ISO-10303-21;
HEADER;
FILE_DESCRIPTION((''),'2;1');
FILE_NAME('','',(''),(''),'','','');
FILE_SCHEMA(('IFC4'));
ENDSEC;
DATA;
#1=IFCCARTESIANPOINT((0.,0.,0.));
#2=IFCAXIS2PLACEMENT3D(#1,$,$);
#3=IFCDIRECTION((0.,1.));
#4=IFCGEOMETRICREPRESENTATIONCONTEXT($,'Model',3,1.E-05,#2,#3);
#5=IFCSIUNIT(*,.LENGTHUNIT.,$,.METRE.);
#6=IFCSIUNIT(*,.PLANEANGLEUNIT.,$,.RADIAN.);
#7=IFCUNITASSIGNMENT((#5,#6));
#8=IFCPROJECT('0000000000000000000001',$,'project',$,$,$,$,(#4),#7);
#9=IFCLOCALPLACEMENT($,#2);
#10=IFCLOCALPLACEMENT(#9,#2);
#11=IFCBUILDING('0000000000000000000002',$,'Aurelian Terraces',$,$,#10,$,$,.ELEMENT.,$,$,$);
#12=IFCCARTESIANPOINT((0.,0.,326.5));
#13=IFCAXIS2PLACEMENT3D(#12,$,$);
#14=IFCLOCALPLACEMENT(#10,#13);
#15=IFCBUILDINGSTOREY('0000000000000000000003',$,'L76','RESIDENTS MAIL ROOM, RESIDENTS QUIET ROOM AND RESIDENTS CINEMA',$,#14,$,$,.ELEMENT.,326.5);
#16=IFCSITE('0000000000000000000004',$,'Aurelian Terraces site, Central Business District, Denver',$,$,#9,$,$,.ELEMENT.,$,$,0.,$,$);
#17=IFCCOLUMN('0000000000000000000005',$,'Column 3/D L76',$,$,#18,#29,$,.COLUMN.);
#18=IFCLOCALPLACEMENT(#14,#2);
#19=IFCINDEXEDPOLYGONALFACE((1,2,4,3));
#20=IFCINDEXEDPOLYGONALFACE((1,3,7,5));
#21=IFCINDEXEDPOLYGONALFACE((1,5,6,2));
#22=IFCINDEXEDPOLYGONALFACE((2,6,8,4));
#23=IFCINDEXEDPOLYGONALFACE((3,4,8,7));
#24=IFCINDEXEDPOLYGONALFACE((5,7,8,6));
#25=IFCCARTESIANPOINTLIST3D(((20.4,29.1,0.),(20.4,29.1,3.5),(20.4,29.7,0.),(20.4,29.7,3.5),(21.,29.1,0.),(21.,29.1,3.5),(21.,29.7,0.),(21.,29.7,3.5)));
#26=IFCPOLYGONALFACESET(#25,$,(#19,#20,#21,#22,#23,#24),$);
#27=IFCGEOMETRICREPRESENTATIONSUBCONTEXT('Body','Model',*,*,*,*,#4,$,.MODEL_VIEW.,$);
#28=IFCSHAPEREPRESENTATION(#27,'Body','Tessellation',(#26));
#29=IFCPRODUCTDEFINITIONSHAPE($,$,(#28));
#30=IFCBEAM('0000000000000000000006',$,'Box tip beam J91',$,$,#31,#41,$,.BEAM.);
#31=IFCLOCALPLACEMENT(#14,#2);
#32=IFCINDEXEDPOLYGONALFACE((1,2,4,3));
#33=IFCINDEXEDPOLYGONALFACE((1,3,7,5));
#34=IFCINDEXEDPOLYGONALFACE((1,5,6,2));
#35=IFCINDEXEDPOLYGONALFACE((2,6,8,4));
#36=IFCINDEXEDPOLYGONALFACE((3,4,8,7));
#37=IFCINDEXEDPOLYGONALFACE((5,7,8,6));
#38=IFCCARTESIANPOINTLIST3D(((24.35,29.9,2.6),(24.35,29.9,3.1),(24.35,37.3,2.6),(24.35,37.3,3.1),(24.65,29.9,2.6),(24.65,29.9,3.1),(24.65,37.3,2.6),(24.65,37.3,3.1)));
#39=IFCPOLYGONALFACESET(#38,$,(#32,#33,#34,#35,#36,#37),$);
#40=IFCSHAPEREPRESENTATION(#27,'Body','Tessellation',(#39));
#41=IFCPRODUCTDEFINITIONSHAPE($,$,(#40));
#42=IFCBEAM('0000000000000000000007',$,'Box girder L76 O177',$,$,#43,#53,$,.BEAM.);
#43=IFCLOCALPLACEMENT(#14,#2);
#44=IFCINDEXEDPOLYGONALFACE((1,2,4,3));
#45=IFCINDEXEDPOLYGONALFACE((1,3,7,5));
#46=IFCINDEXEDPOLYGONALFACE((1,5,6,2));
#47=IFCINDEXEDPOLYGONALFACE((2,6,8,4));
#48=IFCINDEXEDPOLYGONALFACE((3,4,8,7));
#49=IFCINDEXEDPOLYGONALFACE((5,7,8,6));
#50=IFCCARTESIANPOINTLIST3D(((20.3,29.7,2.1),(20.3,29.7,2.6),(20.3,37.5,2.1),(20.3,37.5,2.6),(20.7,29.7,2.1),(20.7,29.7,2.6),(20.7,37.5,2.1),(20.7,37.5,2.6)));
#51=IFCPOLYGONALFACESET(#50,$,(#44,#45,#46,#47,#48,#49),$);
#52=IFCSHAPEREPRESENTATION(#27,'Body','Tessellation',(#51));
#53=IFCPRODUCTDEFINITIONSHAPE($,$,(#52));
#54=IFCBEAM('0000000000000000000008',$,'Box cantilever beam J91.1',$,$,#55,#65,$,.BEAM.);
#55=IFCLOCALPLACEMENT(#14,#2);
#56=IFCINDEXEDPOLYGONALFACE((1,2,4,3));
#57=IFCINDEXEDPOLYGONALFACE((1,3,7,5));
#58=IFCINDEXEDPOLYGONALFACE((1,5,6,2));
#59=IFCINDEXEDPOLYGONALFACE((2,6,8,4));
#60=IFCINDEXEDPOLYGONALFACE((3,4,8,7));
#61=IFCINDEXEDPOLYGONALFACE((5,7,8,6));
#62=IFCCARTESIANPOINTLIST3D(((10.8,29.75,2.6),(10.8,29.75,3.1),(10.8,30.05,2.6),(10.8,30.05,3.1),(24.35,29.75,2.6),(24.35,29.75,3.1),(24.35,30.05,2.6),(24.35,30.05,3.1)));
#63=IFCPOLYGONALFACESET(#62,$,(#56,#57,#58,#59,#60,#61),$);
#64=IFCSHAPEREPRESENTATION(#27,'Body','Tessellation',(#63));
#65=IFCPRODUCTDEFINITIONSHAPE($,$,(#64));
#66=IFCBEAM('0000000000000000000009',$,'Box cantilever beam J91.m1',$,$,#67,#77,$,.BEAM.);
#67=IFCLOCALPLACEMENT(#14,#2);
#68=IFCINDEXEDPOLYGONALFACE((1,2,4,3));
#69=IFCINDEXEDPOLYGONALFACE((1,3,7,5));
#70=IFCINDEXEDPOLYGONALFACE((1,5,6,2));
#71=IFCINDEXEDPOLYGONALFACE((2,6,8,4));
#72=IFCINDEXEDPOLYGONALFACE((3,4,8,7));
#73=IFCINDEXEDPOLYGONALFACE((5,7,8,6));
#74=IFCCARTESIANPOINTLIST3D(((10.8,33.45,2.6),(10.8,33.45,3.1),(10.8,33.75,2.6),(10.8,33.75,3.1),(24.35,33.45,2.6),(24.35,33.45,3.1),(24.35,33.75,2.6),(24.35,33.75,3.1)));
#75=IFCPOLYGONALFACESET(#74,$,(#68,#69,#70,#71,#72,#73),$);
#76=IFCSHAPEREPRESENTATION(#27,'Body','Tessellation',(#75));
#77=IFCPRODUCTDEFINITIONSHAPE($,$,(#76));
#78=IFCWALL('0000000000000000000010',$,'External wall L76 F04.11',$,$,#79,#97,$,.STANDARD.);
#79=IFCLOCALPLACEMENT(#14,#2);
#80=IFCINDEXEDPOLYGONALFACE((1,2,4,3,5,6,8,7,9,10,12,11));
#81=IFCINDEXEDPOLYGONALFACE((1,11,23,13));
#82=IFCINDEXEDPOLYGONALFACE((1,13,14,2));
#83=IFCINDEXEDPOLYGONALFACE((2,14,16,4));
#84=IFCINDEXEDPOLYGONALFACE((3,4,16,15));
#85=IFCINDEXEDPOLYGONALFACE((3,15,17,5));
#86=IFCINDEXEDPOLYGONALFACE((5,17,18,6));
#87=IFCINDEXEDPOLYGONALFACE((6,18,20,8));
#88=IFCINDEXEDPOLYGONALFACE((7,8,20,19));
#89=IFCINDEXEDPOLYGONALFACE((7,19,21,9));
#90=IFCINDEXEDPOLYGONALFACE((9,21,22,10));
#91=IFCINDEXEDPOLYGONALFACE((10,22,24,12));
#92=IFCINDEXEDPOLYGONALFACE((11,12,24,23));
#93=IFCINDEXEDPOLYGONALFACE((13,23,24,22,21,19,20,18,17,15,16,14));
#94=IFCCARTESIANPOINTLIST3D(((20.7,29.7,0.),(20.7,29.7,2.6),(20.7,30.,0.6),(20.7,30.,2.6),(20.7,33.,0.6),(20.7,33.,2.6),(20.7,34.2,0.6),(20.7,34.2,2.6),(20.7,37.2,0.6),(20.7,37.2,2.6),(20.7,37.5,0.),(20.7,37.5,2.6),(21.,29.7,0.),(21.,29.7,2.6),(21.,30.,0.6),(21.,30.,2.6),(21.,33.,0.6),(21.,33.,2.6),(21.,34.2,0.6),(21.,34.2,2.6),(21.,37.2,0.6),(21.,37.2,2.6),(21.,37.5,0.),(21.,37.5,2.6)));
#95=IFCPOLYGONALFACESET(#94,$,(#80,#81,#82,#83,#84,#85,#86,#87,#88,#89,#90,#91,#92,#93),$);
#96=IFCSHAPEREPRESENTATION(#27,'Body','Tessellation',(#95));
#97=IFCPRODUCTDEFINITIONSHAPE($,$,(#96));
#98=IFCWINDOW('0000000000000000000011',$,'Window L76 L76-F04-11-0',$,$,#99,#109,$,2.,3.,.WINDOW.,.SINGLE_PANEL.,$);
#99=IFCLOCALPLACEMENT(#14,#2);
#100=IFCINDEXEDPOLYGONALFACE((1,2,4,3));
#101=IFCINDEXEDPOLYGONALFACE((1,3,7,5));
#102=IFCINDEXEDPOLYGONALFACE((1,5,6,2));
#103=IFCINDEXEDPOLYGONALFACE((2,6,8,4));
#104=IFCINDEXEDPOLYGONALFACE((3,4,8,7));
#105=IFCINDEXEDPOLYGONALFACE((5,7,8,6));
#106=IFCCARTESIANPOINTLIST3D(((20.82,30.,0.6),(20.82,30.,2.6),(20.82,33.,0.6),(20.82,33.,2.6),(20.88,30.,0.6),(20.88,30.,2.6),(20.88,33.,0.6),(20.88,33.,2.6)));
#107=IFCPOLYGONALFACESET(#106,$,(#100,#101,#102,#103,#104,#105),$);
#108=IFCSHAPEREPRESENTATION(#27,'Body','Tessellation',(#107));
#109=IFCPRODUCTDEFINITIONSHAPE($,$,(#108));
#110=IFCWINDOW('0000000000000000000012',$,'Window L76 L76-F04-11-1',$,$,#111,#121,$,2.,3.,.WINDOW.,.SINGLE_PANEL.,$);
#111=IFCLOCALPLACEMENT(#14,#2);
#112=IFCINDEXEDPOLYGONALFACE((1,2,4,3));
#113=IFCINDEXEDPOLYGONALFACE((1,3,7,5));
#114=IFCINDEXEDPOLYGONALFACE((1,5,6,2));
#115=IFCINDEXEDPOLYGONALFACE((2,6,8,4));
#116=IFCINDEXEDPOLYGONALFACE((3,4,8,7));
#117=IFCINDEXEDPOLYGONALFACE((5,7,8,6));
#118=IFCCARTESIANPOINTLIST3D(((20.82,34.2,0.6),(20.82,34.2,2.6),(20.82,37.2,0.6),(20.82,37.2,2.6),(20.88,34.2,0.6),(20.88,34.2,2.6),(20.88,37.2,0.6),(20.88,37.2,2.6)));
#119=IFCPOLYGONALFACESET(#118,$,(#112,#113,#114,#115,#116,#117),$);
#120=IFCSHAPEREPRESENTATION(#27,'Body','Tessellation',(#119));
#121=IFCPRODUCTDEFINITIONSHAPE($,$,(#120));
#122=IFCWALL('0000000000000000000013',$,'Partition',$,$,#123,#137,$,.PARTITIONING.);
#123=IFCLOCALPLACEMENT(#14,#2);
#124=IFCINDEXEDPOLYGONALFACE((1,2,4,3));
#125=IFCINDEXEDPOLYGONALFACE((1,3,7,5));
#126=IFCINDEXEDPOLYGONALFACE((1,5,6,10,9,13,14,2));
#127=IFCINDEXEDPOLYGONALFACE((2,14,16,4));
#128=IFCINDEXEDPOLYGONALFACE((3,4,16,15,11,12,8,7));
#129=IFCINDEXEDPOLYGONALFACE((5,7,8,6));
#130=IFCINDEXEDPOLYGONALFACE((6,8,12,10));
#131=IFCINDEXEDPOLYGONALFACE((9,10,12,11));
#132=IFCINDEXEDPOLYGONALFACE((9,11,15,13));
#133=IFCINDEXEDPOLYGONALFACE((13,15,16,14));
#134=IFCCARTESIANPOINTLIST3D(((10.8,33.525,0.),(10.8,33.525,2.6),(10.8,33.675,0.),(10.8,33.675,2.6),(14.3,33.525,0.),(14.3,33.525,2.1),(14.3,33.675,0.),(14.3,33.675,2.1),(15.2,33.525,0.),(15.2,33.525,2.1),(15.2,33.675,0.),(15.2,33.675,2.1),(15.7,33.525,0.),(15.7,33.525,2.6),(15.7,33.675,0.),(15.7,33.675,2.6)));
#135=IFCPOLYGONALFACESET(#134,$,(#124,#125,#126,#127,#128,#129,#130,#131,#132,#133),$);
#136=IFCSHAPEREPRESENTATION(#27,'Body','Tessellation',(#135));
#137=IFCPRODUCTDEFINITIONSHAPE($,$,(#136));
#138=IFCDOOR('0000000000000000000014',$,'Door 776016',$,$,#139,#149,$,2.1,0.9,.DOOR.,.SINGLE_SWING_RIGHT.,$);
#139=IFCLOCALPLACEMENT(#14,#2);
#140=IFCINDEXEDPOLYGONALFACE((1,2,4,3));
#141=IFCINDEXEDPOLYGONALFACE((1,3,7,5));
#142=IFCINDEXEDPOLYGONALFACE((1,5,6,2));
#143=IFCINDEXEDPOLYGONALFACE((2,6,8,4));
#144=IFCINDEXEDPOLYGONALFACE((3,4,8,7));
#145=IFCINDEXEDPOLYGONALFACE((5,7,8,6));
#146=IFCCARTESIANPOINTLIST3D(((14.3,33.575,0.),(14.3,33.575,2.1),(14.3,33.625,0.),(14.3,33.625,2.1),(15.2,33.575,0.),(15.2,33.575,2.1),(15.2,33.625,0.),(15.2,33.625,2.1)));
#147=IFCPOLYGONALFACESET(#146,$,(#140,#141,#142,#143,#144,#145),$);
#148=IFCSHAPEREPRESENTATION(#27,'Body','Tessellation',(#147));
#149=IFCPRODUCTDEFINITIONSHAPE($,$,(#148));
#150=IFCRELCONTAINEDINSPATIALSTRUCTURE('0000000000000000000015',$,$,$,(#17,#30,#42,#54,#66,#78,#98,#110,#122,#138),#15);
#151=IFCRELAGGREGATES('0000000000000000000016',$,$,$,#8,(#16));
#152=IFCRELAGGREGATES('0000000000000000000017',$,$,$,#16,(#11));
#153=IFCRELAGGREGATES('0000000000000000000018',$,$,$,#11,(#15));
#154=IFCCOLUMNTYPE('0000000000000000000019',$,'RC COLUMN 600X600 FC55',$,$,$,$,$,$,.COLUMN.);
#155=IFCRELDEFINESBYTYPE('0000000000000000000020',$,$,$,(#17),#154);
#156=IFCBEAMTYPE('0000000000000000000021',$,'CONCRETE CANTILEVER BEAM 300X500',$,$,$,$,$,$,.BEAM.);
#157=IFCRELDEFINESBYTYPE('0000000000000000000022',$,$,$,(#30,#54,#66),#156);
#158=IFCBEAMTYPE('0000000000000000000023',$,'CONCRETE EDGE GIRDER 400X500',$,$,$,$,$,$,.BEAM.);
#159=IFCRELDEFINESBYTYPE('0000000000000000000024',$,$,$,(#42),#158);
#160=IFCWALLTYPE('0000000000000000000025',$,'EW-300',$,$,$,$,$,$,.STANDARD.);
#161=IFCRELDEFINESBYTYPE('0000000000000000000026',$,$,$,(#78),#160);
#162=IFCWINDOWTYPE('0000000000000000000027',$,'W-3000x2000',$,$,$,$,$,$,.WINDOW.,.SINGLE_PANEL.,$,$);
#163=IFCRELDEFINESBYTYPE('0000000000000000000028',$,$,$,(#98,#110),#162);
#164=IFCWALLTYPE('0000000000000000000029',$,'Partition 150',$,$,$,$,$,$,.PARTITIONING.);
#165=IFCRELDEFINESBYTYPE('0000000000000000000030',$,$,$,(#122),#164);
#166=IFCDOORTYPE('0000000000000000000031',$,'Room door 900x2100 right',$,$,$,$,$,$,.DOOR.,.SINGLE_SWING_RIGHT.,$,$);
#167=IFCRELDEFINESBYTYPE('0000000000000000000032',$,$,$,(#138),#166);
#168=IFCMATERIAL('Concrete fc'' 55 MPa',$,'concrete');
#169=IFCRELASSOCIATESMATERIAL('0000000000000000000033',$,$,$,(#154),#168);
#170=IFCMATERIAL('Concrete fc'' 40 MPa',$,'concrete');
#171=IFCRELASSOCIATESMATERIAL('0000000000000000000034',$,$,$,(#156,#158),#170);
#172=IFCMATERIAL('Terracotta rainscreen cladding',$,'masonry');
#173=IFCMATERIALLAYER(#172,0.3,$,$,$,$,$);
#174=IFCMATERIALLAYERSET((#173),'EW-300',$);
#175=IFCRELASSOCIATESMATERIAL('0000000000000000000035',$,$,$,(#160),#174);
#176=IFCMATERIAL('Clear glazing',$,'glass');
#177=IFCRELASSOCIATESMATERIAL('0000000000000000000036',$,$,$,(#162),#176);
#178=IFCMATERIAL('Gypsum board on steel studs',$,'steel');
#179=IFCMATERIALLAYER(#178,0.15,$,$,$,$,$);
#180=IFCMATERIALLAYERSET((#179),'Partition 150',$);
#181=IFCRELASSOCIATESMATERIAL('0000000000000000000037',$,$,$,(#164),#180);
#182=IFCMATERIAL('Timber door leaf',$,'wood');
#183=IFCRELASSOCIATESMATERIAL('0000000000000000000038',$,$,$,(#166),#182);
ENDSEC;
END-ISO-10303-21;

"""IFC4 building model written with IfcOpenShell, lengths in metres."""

from ifc_helpers import new_model, si_unit, direction, frame, frame_2d, origin, origin_2d, place, context, subcontext, project, spatial, rectangle, extrude, source, transform, mapped, material, layer, layer_set, material_profile, profile_set, type_object, element, fill, save


model = new_model("IFC4")

# Units and contexts
model_context = context("Model", 3, precision=1e-05, world=origin(), true_north=direction((0.0, 1.0)))
body_context = subcontext(model_context, "Body", "Model", "MODEL_VIEW")
ifc_project = project(units=[si_unit("LENGTHUNIT", "METRE"), si_unit("PLANEANGLEUNIT", "RADIAN")], contexts=[model_context])

# Site, building, storey
site_placement = place(None, origin())
site = spatial("IfcSite", under=ifc_project, at=site_placement, Name="Aurelian Terraces site, Central Business District, Denver", CompositionType="ELEMENT", RefElevation=0.0)
building_placement = place(site_placement, origin())
building = spatial("IfcBuilding", under=site, at=building_placement, Name="Aurelian Terraces", CompositionType="ELEMENT")
storey_placement = place(building_placement, frame((0.0, 0.0, 326.5)))
storey = spatial("IfcBuildingStorey", under=building, at=storey_placement, Name="L76", Description="RESIDENTS MAIL ROOM, RESIDENTS QUIET ROOM AND RESIDENTS CINEMA", CompositionType="ELEMENT", Elevation=326.5)

# Column
ifc_material_1 = material(Name="Concrete fc' 55 MPa", Category="concrete")
ifc_material_profile_1 = material_profile(ifc_material_1, rectangle(XDim=0.6, YDim=0.6, at=origin_2d()))
ifc_profile_set_1 = profile_set([ifc_material_profile_1], Name="Concrete fc' 55 MPa")
column_type = type_object("IfcColumnType", Name="RC COLUMN 600X600 FC55", PredefinedType="COLUMN", material=ifc_profile_set_1)
shared_shape_1 = source(origin(), body_context, "Body", "SweptSolid", [
    extrude(rectangle(XDim=0.6, YDim=0.6, at=origin_2d()), origin(), (0.0, 0.0, 1.0), 3.5),
])
column_placement = place(storey_placement, frame((20.7, 29.4, 0.0), z_axis=(0.0, 0.0, 1.0), x_axis=(1.0, 0.0, 0.0)))
element("IfcColumn", 1, at=column_placement, inside=storey, type_object=column_type, Name="Column 3/D L76", PredefinedType="COLUMN", context=body_context, shape_type="MappedRepresentation", body=[
    mapped(shared_shape_1, transform((0.0, 0.0, 0.0), scale=1.0)),
])

# Beams
ifc_material_2 = material(Name="Concrete fc' 40 MPa", Category="concrete")
ifc_material_profile_2 = material_profile(ifc_material_2, rectangle(XDim=0.3, YDim=0.5, at=origin_2d()))
ifc_profile_set_2 = profile_set([ifc_material_profile_2], Name="Concrete fc' 40 MPa")
beam_type_1 = type_object("IfcBeamType", Name="CONCRETE CANTILEVER BEAM 300X500", PredefinedType="BEAM", material=ifc_profile_set_2)
beam_1_placement = place(storey_placement, frame((24.5, 29.9, 2.85), z_axis=(0.0, 1.0, 0.0), x_axis=(-1.0, 0.0, 0.0)))
element("IfcBeam", 2, at=beam_1_placement, inside=storey, type_object=beam_type_1, Name="Box tip beam J91", PredefinedType="BEAM", context=body_context, shape_type="SweptSolid", body=[
    extrude(rectangle(XDim=0.3, YDim=0.5, at=origin_2d()), origin(), (0.0, 0.0, 1.0), 7.4),
])
ifc_material_profile_3 = material_profile(ifc_material_2, rectangle(XDim=0.4, YDim=0.5, at=origin_2d()))
ifc_profile_set_3 = profile_set([ifc_material_profile_3], Name="Concrete fc' 40 MPa")
beam_type_2 = type_object("IfcBeamType", Name="CONCRETE EDGE GIRDER 400X500", PredefinedType="BEAM", material=ifc_profile_set_3)
beam_2_placement = place(storey_placement, frame((20.5, 29.7, 2.35), z_axis=(0.0, 1.0, 0.0), x_axis=(-1.0, 0.0, 0.0)))
element("IfcBeam", 3, at=beam_2_placement, inside=storey, type_object=beam_type_2, Name="Box girder L76 O177", PredefinedType="BEAM", context=body_context, shape_type="SweptSolid", body=[
    extrude(rectangle(XDim=0.4, YDim=0.5, at=origin_2d()), origin(), (0.0, 0.0, 1.0), 7.8),
])
shared_shape_2 = source(origin(), body_context, "Body", "SweptSolid", [
    extrude(rectangle(XDim=0.3, YDim=0.5, at=origin_2d()), origin(), (0.0, 0.0, 1.0), 13.55),
])
for number, where, z_axis, x_axis, name in (
    (4, (24.35, 29.9, 2.85), (-1.0, 0.0, 0.0), (0.0, -1.0, 0.0), "Box cantilever beam J91.1"),
    (5, (24.35, 33.6, 2.85), (-1.0, 0.0, 0.0), (0.0, -1.0, 0.0), "Box cantilever beam J91.m1"),
):
    element("IfcBeam", number, at=place(storey_placement, frame(where, z_axis=z_axis, x_axis=x_axis)), inside=storey, type_object=beam_type_1, Name=name, PredefinedType="BEAM", context=body_context, shape_type="MappedRepresentation", body=[
        mapped(shared_shape_2, transform((0.0, 0.0, 0.0), scale=1.0)),
    ])

# Wall, openings, windows
ifc_material_3 = material(Name="Terracotta rainscreen cladding", Category="masonry")
ifc_layer_1 = layer(ifc_material_3, 0.3)
ifc_layer_set_1 = layer_set([ifc_layer_1], Name="EW-300")
wall_type_1 = type_object("IfcWallType", Name="EW-300", PredefinedType="STANDARD", material=ifc_layer_set_1)
wall_1_placement = place(storey_placement, frame((20.85, 29.7, 0.0), z_axis=(0.0, 0.0, 1.0), x_axis=(0.0, 1.0, 0.0)))
wall_1 = element("IfcWall", 6, at=wall_1_placement, inside=storey, type_object=wall_type_1, Name="External wall L76 F04.11", PredefinedType="STANDARD", context=body_context, shape_type="SweptSolid", body=[
    extrude(rectangle(XDim=7.8, YDim=0.3, at=frame_2d((3.9, 0.0))), origin(), (0.0, 0.0, 1.0), 2.6),
])
shared_shape_3 = source(origin(), body_context, "Body", "SweptSolid", [
    extrude(rectangle(XDim=3.0, YDim=2.0, at=frame_2d((1.5, 1.0))), frame((0.0, 0.16, 0.0), z_axis=(0.0, -1.0, 0.0), x_axis=(1.0, 0.0, 0.0)), (0.0, 0.0, 1.0), 0.32),
])
opening_1_placement = place(wall_1_placement, frame((0.3, 0.0, 0.6)))
opening_1 = element("IfcOpeningElement", 7, at=opening_1_placement, cuts=wall_1, PredefinedType="OPENING", context=body_context, shape_type="MappedRepresentation", body=[
    mapped(shared_shape_3, transform((0.0, 0.0, 0.0), scale=1.0)),
])
opening_2_placement = place(wall_1_placement, frame((4.5, 0.0, 0.6)))
opening_2 = element("IfcOpeningElement", 8, at=opening_2_placement, cuts=wall_1, PredefinedType="OPENING", context=body_context, shape_type="MappedRepresentation", body=[
    mapped(shared_shape_3, transform((0.0, 0.0, 0.0), scale=1.0)),
])
ifc_material_4 = material(Name="Clear glazing", Category="glass")
window_type = type_object("IfcWindowType", Name="W-3000x2000", PartitioningType="SINGLE_PANEL", PredefinedType="WINDOW", material=ifc_material_4)
shared_shape_4 = source(origin(), body_context, "Body", "SweptSolid", [
    extrude(rectangle(XDim=3.0, YDim=2.0, at=frame_2d((1.5, 1.0))), frame((0.0, 0.03, 0.0), z_axis=(0.0, -1.0, 0.0), x_axis=(1.0, 0.0, 0.0)), (0.0, 0.0, 1.0), 0.06),
])
window_1_placement = place(opening_1_placement, origin())
window_1 = element("IfcWindow", 9, at=window_1_placement, inside=storey, type_object=window_type, Name="Window L76 L76-F04-11-0", OverallHeight=2.0, OverallWidth=3.0, PartitioningType="SINGLE_PANEL", PredefinedType="WINDOW", context=body_context, shape_type="MappedRepresentation", body=[
    mapped(shared_shape_4, transform((0.0, 0.0, 0.0), scale=1.0)),
])
fill(opening_1, window_1)
window_2_placement = place(opening_2_placement, origin())
window_2 = element("IfcWindow", 10, at=window_2_placement, inside=storey, type_object=window_type, Name="Window L76 L76-F04-11-1", OverallHeight=2.0, OverallWidth=3.0, PartitioningType="SINGLE_PANEL", PredefinedType="WINDOW", context=body_context, shape_type="MappedRepresentation", body=[
    mapped(shared_shape_4, transform((0.0, 0.0, 0.0), scale=1.0)),
])
fill(opening_2, window_2)

# Wall, opening, door
ifc_material_5 = material(Name="Gypsum board on steel studs", Category="steel")
ifc_layer_2 = layer(ifc_material_5, 0.15)
ifc_layer_set_2 = layer_set([ifc_layer_2], Name="Partition 150")
wall_type_2 = type_object("IfcWallType", Name="Partition 150", PredefinedType="PARTITIONING", material=ifc_layer_set_2)
wall_2_placement = place(storey_placement, frame((15.7, 33.6, 0.0), z_axis=(0.0, 0.0, 1.0), x_axis=(-1.0, 0.0, 0.0)))
wall_2 = element("IfcWall", 11, at=wall_2_placement, inside=storey, type_object=wall_type_2, Name="Partition", PredefinedType="PARTITIONING", context=body_context, shape_type="SweptSolid", body=[
    extrude(rectangle(XDim=4.9, YDim=0.15, at=frame_2d((2.45, 0.0))), origin(), (0.0, 0.0, 1.0), 2.6),
])
shared_shape_5 = source(origin(), body_context, "Body", "SweptSolid", [
    extrude(rectangle(XDim=0.9, YDim=2.1, at=frame_2d((0.45, 1.05))), frame((0.0, 0.085, 0.0), z_axis=(0.0, -1.0, 0.0), x_axis=(1.0, 0.0, 0.0)), (0.0, 0.0, 1.0), 0.17),
])
opening_3_placement = place(wall_2_placement, frame((0.5, 0.0, 0.0)))
opening_3 = element("IfcOpeningElement", 12, at=opening_3_placement, cuts=wall_2, PredefinedType="OPENING", context=body_context, shape_type="MappedRepresentation", body=[
    mapped(shared_shape_5, transform((0.0, 0.0, 0.0), scale=1.0)),
])
ifc_material_6 = material(Name="Timber door leaf", Category="wood")
door_type_1 = type_object("IfcDoorType", Name="Room door 900x2100 right", OperationType="SINGLE_SWING_RIGHT", PredefinedType="DOOR", material=ifc_material_6)
shared_shape_6 = source(origin(), body_context, "Body", "SweptSolid", [
    extrude(rectangle(XDim=0.9, YDim=2.1, at=frame_2d((0.45, 1.05))), frame((0.0, 0.025, 0.0), z_axis=(0.0, -1.0, 0.0), x_axis=(1.0, 0.0, 0.0)), (0.0, 0.0, 1.0), 0.05),
])
door_1_placement = place(opening_3_placement, origin())
door_1 = element("IfcDoor", 13, at=door_1_placement, inside=storey, type_object=door_type_1, Name="Door 776016", OperationType="SINGLE_SWING_RIGHT", OverallHeight=2.1, OverallWidth=0.9, PredefinedType="DOOR", context=body_context, shape_type="MappedRepresentation", body=[
    mapped(shared_shape_6, transform((0.0, 0.0, 0.0), scale=1.0)),
])
fill(opening_3, door_1)

save(model, "model.ifc")
